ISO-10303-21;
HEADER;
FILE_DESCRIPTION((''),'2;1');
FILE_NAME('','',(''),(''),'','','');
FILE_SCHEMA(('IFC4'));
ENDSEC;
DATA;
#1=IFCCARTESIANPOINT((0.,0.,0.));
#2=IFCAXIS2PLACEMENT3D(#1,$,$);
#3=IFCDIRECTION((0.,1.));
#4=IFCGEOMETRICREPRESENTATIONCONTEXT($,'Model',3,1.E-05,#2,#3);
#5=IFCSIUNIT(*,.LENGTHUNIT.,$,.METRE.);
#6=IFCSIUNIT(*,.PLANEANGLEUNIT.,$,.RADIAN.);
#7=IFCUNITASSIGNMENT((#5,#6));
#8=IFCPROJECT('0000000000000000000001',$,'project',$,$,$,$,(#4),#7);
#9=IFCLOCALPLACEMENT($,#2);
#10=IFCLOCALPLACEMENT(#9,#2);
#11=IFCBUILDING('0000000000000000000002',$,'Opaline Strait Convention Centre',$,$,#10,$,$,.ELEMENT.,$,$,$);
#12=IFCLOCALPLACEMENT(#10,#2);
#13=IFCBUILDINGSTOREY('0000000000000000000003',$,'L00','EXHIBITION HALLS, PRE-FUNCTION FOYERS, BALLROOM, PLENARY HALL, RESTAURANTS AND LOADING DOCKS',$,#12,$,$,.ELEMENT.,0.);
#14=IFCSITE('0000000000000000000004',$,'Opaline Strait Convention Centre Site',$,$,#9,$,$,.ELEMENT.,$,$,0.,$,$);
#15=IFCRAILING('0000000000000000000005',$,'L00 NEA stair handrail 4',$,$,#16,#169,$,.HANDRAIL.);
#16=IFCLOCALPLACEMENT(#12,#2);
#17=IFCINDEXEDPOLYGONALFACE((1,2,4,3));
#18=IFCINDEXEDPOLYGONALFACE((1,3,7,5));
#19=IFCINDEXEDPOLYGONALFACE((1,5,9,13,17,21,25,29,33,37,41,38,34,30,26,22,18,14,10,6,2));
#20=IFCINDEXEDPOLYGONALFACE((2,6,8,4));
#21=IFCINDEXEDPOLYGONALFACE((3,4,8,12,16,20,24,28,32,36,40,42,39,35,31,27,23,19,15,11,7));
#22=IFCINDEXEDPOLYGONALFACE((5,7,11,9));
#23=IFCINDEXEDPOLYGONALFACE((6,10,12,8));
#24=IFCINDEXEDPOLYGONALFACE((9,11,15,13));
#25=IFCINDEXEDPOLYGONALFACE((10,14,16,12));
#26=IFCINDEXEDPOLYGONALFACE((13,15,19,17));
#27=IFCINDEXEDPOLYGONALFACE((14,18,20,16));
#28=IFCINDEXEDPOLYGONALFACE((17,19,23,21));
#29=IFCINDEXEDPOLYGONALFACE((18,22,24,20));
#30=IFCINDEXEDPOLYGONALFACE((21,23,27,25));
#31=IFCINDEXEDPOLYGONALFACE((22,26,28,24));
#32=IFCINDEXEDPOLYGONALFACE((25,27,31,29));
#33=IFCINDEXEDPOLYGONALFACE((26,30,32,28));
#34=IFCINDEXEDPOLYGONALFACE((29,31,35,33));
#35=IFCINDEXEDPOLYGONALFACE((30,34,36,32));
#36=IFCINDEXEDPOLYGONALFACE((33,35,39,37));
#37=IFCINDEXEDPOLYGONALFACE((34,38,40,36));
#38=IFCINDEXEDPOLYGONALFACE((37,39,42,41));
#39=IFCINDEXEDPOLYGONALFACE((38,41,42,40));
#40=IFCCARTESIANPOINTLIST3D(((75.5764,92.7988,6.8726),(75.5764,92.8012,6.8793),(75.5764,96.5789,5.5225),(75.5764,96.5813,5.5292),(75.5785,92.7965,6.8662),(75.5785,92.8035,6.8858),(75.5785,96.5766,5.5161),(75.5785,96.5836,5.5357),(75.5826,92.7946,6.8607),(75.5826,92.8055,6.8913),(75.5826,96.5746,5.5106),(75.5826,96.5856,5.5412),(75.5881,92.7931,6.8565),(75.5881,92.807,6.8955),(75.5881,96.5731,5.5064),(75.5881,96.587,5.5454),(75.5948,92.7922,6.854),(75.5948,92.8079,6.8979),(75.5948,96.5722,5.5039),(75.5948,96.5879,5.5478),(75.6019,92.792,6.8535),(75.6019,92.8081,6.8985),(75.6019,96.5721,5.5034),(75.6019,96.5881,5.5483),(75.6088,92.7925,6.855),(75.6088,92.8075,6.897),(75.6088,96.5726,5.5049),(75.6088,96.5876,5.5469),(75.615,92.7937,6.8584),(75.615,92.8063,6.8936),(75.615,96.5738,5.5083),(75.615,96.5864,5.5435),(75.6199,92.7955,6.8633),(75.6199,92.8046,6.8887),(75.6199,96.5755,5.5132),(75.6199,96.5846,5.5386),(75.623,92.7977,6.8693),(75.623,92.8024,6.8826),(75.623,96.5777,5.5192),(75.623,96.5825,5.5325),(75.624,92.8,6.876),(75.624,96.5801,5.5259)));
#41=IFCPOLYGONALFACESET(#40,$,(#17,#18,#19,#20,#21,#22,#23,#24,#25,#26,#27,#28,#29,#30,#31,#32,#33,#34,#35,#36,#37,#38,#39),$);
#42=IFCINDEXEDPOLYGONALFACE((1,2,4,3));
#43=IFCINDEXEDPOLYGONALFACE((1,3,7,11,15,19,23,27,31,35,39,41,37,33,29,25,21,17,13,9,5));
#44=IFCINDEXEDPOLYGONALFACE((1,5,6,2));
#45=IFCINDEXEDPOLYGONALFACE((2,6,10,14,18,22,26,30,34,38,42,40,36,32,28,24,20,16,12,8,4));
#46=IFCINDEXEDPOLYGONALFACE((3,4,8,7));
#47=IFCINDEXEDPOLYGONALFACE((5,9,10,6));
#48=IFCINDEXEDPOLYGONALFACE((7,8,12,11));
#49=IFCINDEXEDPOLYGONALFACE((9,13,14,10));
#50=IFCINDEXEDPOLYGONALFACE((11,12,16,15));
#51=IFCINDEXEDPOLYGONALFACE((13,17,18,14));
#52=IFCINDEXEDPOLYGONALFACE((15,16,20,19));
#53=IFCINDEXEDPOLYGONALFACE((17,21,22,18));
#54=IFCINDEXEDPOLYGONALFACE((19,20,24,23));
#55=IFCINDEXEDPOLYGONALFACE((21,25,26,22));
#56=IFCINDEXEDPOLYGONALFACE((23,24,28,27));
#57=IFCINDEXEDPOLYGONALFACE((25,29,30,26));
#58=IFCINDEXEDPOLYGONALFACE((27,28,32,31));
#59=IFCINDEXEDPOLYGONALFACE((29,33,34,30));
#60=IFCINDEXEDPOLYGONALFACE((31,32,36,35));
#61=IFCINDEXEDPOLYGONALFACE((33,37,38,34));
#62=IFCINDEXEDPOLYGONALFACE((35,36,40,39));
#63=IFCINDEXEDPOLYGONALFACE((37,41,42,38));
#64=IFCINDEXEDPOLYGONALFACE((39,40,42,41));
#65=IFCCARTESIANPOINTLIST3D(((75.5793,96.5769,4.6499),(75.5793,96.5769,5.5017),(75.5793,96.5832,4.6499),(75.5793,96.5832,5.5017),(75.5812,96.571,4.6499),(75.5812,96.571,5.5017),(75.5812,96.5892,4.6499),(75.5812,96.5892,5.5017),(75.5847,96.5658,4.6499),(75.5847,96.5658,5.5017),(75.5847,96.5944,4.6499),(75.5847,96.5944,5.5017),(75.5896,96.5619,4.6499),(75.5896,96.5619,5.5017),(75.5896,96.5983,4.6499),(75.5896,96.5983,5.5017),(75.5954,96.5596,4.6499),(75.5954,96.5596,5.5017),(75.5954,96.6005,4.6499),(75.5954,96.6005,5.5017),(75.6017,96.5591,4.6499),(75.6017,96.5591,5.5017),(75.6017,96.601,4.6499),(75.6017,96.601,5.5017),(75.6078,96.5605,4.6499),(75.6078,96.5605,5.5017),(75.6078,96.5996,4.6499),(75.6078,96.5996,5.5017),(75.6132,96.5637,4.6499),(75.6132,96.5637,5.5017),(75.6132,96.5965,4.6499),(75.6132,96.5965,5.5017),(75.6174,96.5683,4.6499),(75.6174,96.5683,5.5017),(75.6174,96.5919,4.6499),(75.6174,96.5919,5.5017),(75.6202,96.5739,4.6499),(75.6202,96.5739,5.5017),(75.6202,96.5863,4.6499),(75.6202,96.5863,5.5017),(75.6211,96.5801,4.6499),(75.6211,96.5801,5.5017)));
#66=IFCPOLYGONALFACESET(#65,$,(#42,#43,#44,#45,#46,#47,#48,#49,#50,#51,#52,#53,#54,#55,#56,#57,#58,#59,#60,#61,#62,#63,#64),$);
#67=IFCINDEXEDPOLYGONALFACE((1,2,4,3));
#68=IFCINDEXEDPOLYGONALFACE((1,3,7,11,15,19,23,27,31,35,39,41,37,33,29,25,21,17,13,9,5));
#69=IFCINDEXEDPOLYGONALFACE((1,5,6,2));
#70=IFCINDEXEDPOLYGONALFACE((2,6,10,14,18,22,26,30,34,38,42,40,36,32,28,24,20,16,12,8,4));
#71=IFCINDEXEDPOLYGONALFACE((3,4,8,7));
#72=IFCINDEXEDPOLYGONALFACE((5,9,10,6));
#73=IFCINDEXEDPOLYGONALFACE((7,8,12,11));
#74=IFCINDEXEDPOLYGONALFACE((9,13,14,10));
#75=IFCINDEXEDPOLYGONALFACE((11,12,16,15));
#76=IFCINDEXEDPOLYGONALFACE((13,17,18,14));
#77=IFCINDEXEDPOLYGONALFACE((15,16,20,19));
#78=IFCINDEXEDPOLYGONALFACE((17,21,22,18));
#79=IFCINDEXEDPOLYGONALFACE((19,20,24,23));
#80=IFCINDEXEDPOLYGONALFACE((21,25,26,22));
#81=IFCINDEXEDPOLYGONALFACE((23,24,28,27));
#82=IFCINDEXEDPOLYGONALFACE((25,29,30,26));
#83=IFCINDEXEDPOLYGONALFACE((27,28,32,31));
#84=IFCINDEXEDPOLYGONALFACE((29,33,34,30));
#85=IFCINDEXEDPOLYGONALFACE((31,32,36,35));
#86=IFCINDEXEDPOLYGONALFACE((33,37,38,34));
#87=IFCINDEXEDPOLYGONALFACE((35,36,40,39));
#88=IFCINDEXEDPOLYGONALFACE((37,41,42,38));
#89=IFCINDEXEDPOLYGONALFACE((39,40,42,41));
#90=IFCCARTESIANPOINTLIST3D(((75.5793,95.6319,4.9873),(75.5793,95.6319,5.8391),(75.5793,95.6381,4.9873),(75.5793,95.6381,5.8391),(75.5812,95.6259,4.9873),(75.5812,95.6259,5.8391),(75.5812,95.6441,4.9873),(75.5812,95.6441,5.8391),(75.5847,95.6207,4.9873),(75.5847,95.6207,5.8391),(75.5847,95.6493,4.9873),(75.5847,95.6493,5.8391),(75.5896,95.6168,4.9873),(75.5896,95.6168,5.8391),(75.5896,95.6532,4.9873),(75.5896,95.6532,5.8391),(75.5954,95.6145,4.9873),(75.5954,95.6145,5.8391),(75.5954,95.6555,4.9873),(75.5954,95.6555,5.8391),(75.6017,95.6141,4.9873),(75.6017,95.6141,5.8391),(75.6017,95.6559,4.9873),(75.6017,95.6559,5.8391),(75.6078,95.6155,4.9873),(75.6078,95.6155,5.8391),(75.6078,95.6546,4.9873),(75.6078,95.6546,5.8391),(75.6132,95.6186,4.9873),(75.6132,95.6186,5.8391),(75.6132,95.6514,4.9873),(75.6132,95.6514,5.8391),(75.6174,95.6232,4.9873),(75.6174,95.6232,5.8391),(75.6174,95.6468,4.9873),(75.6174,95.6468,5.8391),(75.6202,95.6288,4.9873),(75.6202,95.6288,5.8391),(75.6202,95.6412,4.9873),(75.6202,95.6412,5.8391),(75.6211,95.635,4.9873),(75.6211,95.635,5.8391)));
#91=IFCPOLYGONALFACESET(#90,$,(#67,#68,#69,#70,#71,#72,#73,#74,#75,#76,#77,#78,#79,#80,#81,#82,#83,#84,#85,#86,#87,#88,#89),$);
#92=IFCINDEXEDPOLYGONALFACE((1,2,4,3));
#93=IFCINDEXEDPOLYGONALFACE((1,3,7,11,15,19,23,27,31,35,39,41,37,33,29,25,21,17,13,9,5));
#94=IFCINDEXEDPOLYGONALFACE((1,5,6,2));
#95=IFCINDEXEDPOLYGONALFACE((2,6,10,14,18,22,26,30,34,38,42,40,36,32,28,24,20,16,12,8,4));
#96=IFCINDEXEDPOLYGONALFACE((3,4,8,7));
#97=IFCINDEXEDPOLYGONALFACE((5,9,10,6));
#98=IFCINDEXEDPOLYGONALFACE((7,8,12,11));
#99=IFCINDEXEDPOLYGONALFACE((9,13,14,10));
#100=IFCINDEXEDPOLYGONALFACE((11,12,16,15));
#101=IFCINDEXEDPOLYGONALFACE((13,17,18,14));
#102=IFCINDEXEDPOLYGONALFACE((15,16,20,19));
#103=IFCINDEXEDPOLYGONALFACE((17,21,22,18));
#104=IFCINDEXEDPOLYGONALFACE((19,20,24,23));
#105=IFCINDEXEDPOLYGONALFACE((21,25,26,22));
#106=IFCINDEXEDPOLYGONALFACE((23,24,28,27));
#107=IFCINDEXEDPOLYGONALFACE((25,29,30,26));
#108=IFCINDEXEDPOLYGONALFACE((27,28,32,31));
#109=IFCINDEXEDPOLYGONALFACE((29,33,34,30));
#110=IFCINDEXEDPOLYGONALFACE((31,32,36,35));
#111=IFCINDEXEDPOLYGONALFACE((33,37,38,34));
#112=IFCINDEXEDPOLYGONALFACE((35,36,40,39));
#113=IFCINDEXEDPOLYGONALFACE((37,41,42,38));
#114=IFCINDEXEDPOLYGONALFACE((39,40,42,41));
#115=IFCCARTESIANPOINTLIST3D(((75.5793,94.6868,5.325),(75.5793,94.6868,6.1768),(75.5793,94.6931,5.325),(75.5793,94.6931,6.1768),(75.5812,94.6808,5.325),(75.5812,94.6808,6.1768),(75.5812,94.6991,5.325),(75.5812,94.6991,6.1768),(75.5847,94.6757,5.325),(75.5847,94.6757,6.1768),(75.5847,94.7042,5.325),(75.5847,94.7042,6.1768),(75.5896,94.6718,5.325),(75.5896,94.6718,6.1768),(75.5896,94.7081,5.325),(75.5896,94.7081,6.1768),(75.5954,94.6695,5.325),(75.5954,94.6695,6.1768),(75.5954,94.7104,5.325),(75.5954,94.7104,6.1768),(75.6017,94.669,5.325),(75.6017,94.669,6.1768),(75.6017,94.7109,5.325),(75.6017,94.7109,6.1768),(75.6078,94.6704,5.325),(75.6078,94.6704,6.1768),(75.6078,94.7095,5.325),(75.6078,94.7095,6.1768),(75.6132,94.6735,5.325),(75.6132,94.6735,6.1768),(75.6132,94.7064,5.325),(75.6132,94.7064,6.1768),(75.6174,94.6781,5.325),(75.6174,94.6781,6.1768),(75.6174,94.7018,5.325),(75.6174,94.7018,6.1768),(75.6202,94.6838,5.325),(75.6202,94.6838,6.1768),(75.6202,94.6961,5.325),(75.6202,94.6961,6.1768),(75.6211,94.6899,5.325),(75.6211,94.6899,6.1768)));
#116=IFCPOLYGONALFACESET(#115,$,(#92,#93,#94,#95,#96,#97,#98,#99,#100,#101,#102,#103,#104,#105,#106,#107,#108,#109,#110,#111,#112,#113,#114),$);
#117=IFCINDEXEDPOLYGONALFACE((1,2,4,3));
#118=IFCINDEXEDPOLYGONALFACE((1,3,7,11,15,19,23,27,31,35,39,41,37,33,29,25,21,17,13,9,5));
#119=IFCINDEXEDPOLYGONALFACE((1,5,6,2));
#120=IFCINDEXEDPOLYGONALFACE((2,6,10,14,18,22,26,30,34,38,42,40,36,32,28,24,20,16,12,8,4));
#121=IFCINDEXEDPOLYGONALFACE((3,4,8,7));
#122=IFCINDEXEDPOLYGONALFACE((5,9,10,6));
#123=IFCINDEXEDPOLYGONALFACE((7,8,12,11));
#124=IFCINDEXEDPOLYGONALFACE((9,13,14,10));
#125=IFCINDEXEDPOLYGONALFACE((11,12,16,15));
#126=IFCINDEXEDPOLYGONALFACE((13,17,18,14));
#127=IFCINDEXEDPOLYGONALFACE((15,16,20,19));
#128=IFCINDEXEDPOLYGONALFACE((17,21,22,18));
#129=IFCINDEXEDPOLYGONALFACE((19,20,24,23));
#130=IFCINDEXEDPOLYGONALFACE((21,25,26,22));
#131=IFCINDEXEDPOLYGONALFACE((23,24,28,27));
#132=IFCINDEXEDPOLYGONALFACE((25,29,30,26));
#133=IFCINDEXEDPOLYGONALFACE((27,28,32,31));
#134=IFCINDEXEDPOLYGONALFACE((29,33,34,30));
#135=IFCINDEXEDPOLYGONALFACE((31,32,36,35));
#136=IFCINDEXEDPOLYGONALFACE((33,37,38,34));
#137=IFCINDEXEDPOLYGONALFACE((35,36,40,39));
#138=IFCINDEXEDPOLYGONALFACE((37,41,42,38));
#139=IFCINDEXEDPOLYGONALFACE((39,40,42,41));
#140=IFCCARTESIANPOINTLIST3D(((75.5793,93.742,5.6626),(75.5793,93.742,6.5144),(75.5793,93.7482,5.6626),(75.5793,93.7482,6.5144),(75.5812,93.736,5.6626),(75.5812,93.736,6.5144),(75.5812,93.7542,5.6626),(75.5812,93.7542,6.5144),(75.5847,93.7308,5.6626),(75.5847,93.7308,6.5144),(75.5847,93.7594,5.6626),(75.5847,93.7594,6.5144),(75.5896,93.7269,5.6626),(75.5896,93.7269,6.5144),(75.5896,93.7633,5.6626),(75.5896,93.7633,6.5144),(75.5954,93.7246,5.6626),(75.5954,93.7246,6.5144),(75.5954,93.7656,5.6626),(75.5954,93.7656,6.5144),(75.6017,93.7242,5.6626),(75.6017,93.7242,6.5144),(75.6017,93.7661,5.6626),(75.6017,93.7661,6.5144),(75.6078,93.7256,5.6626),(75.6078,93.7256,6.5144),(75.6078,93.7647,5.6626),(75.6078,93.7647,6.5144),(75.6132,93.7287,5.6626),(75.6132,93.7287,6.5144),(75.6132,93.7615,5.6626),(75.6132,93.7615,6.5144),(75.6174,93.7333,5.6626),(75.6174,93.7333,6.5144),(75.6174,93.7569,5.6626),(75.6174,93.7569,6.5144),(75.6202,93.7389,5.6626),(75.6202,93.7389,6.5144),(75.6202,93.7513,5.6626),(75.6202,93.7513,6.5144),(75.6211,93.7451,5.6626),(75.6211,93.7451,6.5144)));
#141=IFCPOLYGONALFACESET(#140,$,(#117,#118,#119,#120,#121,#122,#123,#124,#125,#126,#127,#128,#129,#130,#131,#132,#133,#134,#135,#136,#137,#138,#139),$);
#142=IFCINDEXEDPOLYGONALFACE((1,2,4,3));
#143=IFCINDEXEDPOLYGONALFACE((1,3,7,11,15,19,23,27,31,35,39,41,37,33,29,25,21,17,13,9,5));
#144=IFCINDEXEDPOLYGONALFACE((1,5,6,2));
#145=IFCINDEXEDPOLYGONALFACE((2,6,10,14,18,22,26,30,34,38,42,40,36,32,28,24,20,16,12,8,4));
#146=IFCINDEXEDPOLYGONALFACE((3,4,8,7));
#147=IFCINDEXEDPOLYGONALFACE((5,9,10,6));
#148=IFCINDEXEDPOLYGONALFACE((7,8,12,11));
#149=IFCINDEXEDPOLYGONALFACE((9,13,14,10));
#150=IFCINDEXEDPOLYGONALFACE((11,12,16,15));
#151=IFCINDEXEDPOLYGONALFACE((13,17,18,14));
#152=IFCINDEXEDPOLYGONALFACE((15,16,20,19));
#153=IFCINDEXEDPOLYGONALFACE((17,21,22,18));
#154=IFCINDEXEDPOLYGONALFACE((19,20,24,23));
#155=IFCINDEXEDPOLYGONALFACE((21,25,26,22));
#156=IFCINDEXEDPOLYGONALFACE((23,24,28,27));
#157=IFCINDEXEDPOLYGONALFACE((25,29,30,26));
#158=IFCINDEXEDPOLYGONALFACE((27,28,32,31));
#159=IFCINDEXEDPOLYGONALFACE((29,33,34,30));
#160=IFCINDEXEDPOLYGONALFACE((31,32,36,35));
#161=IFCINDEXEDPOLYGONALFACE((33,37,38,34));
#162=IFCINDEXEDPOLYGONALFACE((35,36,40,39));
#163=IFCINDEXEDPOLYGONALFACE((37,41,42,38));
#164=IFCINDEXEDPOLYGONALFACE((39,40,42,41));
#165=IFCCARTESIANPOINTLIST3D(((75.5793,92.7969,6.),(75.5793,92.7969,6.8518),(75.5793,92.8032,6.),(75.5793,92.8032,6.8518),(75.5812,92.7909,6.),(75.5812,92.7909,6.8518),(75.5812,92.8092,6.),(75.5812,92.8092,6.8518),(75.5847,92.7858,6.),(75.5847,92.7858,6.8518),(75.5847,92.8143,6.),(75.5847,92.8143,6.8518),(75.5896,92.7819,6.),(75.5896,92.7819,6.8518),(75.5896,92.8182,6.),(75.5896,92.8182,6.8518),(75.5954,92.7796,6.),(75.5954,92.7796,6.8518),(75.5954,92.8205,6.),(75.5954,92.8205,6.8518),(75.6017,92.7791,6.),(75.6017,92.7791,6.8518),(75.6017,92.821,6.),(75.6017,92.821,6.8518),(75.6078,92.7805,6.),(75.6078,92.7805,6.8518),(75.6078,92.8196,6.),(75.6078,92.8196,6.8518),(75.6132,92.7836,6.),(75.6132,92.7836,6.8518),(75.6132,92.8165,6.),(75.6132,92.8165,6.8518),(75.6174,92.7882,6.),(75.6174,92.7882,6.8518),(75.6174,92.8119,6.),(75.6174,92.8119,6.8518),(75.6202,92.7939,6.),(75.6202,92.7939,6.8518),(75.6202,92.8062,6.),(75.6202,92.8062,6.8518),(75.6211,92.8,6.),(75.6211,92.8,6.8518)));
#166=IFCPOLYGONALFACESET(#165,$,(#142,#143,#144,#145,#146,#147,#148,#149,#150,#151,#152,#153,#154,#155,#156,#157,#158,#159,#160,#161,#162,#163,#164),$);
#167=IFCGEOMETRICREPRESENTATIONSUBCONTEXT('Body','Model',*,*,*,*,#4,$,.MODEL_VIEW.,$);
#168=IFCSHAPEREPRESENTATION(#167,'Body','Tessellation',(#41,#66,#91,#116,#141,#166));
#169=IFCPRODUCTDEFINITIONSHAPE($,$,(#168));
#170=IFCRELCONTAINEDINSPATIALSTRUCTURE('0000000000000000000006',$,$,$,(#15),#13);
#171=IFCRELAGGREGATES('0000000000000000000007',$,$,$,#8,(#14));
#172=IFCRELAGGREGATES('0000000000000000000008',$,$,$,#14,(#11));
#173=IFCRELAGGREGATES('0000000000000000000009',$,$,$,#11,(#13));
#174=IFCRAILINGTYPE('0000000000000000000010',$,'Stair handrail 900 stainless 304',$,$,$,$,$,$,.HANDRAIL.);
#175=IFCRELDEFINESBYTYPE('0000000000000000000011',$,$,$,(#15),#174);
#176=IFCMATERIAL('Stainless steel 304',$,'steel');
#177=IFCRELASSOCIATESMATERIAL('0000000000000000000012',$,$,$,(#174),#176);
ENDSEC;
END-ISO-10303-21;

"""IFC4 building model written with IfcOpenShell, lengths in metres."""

from ifc_helpers import new_model, si_unit, direction, frame, origin, origin_2d, place, context, subcontext, project, spatial, circle, extrude, material, type_object, element, save


model = new_model("IFC4")

# Units and contexts
model_context = context("Model", 3, precision=1e-05, world=origin(), true_north=direction((0.0, 1.0)))
body_context = subcontext(model_context, "Body", "Model", "MODEL_VIEW")
ifc_project = project(units=[si_unit("LENGTHUNIT", "METRE"), si_unit("PLANEANGLEUNIT", "RADIAN")], contexts=[model_context])

# Site, building, storey
site_placement = place(None, origin())
site = spatial("IfcSite", under=ifc_project, at=site_placement, Name="Opaline Strait Convention Centre Site", CompositionType="ELEMENT", RefElevation=0.0)
building_placement = place(site_placement, origin())
building = spatial("IfcBuilding", under=site, at=building_placement, Name="Opaline Strait Convention Centre", CompositionType="ELEMENT")
storey_placement = place(building_placement, origin())
storey = spatial("IfcBuildingStorey", under=building, at=storey_placement, Name="L00", Description="EXHIBITION HALLS, PRE-FUNCTION FOYERS, BALLROOM, PLENARY HALL, RESTAURANTS AND LOADING DOCKS", CompositionType="ELEMENT", Elevation=0.0)

# Railing
ifc_material_1 = material(Name="Stainless steel 304", Category="steel")
railing_type_1 = type_object("IfcRailingType", Name="Stair handrail 900 stainless 304", PredefinedType="HANDRAIL", material=ifc_material_1)
railing_1_placement = place(storey_placement, frame((75.6001, 96.5801, 4.6499)))
element("IfcRailing", 1, at=railing_1_placement, inside=storey, type_object=railing_type_1, Name="L00 NEA stair handrail 4", PredefinedType="HANDRAIL", context=body_context, shape_type="SweptSolid", body=[
    extrude(circle(Radius=0.0239, at=origin_2d()), frame((0.0, 0.0, 0.876), z_axis=(0.0, -0.941735, 0.336356), x_axis=(1.0, 0.0, 0.0)), (0.0, 0.0, 1.0), 4.0139),
    extrude(circle(Radius=0.021, at=origin_2d()), origin(), (0.0, 0.0, 1.0), 0.8518),
    extrude(circle(Radius=0.021, at=origin_2d()), frame((0.0, -0.9451, 0.3374)), (0.0, 0.0, 1.0), 0.8518),
    extrude(circle(Radius=0.021, at=origin_2d()), frame((0.0, -1.8901, 0.675)), (0.0, 0.0, 1.0), 0.8518),
    extrude(circle(Radius=0.021, at=origin_2d()), frame((0.0, -2.835, 1.0127)), (0.0, 0.0, 1.0), 0.8518),
    extrude(circle(Radius=0.021, at=origin_2d()), frame((0.0, -3.78, 1.3501)), (0.0, 0.0, 1.0), 0.8518),
])

save(model, "model.ifc")
